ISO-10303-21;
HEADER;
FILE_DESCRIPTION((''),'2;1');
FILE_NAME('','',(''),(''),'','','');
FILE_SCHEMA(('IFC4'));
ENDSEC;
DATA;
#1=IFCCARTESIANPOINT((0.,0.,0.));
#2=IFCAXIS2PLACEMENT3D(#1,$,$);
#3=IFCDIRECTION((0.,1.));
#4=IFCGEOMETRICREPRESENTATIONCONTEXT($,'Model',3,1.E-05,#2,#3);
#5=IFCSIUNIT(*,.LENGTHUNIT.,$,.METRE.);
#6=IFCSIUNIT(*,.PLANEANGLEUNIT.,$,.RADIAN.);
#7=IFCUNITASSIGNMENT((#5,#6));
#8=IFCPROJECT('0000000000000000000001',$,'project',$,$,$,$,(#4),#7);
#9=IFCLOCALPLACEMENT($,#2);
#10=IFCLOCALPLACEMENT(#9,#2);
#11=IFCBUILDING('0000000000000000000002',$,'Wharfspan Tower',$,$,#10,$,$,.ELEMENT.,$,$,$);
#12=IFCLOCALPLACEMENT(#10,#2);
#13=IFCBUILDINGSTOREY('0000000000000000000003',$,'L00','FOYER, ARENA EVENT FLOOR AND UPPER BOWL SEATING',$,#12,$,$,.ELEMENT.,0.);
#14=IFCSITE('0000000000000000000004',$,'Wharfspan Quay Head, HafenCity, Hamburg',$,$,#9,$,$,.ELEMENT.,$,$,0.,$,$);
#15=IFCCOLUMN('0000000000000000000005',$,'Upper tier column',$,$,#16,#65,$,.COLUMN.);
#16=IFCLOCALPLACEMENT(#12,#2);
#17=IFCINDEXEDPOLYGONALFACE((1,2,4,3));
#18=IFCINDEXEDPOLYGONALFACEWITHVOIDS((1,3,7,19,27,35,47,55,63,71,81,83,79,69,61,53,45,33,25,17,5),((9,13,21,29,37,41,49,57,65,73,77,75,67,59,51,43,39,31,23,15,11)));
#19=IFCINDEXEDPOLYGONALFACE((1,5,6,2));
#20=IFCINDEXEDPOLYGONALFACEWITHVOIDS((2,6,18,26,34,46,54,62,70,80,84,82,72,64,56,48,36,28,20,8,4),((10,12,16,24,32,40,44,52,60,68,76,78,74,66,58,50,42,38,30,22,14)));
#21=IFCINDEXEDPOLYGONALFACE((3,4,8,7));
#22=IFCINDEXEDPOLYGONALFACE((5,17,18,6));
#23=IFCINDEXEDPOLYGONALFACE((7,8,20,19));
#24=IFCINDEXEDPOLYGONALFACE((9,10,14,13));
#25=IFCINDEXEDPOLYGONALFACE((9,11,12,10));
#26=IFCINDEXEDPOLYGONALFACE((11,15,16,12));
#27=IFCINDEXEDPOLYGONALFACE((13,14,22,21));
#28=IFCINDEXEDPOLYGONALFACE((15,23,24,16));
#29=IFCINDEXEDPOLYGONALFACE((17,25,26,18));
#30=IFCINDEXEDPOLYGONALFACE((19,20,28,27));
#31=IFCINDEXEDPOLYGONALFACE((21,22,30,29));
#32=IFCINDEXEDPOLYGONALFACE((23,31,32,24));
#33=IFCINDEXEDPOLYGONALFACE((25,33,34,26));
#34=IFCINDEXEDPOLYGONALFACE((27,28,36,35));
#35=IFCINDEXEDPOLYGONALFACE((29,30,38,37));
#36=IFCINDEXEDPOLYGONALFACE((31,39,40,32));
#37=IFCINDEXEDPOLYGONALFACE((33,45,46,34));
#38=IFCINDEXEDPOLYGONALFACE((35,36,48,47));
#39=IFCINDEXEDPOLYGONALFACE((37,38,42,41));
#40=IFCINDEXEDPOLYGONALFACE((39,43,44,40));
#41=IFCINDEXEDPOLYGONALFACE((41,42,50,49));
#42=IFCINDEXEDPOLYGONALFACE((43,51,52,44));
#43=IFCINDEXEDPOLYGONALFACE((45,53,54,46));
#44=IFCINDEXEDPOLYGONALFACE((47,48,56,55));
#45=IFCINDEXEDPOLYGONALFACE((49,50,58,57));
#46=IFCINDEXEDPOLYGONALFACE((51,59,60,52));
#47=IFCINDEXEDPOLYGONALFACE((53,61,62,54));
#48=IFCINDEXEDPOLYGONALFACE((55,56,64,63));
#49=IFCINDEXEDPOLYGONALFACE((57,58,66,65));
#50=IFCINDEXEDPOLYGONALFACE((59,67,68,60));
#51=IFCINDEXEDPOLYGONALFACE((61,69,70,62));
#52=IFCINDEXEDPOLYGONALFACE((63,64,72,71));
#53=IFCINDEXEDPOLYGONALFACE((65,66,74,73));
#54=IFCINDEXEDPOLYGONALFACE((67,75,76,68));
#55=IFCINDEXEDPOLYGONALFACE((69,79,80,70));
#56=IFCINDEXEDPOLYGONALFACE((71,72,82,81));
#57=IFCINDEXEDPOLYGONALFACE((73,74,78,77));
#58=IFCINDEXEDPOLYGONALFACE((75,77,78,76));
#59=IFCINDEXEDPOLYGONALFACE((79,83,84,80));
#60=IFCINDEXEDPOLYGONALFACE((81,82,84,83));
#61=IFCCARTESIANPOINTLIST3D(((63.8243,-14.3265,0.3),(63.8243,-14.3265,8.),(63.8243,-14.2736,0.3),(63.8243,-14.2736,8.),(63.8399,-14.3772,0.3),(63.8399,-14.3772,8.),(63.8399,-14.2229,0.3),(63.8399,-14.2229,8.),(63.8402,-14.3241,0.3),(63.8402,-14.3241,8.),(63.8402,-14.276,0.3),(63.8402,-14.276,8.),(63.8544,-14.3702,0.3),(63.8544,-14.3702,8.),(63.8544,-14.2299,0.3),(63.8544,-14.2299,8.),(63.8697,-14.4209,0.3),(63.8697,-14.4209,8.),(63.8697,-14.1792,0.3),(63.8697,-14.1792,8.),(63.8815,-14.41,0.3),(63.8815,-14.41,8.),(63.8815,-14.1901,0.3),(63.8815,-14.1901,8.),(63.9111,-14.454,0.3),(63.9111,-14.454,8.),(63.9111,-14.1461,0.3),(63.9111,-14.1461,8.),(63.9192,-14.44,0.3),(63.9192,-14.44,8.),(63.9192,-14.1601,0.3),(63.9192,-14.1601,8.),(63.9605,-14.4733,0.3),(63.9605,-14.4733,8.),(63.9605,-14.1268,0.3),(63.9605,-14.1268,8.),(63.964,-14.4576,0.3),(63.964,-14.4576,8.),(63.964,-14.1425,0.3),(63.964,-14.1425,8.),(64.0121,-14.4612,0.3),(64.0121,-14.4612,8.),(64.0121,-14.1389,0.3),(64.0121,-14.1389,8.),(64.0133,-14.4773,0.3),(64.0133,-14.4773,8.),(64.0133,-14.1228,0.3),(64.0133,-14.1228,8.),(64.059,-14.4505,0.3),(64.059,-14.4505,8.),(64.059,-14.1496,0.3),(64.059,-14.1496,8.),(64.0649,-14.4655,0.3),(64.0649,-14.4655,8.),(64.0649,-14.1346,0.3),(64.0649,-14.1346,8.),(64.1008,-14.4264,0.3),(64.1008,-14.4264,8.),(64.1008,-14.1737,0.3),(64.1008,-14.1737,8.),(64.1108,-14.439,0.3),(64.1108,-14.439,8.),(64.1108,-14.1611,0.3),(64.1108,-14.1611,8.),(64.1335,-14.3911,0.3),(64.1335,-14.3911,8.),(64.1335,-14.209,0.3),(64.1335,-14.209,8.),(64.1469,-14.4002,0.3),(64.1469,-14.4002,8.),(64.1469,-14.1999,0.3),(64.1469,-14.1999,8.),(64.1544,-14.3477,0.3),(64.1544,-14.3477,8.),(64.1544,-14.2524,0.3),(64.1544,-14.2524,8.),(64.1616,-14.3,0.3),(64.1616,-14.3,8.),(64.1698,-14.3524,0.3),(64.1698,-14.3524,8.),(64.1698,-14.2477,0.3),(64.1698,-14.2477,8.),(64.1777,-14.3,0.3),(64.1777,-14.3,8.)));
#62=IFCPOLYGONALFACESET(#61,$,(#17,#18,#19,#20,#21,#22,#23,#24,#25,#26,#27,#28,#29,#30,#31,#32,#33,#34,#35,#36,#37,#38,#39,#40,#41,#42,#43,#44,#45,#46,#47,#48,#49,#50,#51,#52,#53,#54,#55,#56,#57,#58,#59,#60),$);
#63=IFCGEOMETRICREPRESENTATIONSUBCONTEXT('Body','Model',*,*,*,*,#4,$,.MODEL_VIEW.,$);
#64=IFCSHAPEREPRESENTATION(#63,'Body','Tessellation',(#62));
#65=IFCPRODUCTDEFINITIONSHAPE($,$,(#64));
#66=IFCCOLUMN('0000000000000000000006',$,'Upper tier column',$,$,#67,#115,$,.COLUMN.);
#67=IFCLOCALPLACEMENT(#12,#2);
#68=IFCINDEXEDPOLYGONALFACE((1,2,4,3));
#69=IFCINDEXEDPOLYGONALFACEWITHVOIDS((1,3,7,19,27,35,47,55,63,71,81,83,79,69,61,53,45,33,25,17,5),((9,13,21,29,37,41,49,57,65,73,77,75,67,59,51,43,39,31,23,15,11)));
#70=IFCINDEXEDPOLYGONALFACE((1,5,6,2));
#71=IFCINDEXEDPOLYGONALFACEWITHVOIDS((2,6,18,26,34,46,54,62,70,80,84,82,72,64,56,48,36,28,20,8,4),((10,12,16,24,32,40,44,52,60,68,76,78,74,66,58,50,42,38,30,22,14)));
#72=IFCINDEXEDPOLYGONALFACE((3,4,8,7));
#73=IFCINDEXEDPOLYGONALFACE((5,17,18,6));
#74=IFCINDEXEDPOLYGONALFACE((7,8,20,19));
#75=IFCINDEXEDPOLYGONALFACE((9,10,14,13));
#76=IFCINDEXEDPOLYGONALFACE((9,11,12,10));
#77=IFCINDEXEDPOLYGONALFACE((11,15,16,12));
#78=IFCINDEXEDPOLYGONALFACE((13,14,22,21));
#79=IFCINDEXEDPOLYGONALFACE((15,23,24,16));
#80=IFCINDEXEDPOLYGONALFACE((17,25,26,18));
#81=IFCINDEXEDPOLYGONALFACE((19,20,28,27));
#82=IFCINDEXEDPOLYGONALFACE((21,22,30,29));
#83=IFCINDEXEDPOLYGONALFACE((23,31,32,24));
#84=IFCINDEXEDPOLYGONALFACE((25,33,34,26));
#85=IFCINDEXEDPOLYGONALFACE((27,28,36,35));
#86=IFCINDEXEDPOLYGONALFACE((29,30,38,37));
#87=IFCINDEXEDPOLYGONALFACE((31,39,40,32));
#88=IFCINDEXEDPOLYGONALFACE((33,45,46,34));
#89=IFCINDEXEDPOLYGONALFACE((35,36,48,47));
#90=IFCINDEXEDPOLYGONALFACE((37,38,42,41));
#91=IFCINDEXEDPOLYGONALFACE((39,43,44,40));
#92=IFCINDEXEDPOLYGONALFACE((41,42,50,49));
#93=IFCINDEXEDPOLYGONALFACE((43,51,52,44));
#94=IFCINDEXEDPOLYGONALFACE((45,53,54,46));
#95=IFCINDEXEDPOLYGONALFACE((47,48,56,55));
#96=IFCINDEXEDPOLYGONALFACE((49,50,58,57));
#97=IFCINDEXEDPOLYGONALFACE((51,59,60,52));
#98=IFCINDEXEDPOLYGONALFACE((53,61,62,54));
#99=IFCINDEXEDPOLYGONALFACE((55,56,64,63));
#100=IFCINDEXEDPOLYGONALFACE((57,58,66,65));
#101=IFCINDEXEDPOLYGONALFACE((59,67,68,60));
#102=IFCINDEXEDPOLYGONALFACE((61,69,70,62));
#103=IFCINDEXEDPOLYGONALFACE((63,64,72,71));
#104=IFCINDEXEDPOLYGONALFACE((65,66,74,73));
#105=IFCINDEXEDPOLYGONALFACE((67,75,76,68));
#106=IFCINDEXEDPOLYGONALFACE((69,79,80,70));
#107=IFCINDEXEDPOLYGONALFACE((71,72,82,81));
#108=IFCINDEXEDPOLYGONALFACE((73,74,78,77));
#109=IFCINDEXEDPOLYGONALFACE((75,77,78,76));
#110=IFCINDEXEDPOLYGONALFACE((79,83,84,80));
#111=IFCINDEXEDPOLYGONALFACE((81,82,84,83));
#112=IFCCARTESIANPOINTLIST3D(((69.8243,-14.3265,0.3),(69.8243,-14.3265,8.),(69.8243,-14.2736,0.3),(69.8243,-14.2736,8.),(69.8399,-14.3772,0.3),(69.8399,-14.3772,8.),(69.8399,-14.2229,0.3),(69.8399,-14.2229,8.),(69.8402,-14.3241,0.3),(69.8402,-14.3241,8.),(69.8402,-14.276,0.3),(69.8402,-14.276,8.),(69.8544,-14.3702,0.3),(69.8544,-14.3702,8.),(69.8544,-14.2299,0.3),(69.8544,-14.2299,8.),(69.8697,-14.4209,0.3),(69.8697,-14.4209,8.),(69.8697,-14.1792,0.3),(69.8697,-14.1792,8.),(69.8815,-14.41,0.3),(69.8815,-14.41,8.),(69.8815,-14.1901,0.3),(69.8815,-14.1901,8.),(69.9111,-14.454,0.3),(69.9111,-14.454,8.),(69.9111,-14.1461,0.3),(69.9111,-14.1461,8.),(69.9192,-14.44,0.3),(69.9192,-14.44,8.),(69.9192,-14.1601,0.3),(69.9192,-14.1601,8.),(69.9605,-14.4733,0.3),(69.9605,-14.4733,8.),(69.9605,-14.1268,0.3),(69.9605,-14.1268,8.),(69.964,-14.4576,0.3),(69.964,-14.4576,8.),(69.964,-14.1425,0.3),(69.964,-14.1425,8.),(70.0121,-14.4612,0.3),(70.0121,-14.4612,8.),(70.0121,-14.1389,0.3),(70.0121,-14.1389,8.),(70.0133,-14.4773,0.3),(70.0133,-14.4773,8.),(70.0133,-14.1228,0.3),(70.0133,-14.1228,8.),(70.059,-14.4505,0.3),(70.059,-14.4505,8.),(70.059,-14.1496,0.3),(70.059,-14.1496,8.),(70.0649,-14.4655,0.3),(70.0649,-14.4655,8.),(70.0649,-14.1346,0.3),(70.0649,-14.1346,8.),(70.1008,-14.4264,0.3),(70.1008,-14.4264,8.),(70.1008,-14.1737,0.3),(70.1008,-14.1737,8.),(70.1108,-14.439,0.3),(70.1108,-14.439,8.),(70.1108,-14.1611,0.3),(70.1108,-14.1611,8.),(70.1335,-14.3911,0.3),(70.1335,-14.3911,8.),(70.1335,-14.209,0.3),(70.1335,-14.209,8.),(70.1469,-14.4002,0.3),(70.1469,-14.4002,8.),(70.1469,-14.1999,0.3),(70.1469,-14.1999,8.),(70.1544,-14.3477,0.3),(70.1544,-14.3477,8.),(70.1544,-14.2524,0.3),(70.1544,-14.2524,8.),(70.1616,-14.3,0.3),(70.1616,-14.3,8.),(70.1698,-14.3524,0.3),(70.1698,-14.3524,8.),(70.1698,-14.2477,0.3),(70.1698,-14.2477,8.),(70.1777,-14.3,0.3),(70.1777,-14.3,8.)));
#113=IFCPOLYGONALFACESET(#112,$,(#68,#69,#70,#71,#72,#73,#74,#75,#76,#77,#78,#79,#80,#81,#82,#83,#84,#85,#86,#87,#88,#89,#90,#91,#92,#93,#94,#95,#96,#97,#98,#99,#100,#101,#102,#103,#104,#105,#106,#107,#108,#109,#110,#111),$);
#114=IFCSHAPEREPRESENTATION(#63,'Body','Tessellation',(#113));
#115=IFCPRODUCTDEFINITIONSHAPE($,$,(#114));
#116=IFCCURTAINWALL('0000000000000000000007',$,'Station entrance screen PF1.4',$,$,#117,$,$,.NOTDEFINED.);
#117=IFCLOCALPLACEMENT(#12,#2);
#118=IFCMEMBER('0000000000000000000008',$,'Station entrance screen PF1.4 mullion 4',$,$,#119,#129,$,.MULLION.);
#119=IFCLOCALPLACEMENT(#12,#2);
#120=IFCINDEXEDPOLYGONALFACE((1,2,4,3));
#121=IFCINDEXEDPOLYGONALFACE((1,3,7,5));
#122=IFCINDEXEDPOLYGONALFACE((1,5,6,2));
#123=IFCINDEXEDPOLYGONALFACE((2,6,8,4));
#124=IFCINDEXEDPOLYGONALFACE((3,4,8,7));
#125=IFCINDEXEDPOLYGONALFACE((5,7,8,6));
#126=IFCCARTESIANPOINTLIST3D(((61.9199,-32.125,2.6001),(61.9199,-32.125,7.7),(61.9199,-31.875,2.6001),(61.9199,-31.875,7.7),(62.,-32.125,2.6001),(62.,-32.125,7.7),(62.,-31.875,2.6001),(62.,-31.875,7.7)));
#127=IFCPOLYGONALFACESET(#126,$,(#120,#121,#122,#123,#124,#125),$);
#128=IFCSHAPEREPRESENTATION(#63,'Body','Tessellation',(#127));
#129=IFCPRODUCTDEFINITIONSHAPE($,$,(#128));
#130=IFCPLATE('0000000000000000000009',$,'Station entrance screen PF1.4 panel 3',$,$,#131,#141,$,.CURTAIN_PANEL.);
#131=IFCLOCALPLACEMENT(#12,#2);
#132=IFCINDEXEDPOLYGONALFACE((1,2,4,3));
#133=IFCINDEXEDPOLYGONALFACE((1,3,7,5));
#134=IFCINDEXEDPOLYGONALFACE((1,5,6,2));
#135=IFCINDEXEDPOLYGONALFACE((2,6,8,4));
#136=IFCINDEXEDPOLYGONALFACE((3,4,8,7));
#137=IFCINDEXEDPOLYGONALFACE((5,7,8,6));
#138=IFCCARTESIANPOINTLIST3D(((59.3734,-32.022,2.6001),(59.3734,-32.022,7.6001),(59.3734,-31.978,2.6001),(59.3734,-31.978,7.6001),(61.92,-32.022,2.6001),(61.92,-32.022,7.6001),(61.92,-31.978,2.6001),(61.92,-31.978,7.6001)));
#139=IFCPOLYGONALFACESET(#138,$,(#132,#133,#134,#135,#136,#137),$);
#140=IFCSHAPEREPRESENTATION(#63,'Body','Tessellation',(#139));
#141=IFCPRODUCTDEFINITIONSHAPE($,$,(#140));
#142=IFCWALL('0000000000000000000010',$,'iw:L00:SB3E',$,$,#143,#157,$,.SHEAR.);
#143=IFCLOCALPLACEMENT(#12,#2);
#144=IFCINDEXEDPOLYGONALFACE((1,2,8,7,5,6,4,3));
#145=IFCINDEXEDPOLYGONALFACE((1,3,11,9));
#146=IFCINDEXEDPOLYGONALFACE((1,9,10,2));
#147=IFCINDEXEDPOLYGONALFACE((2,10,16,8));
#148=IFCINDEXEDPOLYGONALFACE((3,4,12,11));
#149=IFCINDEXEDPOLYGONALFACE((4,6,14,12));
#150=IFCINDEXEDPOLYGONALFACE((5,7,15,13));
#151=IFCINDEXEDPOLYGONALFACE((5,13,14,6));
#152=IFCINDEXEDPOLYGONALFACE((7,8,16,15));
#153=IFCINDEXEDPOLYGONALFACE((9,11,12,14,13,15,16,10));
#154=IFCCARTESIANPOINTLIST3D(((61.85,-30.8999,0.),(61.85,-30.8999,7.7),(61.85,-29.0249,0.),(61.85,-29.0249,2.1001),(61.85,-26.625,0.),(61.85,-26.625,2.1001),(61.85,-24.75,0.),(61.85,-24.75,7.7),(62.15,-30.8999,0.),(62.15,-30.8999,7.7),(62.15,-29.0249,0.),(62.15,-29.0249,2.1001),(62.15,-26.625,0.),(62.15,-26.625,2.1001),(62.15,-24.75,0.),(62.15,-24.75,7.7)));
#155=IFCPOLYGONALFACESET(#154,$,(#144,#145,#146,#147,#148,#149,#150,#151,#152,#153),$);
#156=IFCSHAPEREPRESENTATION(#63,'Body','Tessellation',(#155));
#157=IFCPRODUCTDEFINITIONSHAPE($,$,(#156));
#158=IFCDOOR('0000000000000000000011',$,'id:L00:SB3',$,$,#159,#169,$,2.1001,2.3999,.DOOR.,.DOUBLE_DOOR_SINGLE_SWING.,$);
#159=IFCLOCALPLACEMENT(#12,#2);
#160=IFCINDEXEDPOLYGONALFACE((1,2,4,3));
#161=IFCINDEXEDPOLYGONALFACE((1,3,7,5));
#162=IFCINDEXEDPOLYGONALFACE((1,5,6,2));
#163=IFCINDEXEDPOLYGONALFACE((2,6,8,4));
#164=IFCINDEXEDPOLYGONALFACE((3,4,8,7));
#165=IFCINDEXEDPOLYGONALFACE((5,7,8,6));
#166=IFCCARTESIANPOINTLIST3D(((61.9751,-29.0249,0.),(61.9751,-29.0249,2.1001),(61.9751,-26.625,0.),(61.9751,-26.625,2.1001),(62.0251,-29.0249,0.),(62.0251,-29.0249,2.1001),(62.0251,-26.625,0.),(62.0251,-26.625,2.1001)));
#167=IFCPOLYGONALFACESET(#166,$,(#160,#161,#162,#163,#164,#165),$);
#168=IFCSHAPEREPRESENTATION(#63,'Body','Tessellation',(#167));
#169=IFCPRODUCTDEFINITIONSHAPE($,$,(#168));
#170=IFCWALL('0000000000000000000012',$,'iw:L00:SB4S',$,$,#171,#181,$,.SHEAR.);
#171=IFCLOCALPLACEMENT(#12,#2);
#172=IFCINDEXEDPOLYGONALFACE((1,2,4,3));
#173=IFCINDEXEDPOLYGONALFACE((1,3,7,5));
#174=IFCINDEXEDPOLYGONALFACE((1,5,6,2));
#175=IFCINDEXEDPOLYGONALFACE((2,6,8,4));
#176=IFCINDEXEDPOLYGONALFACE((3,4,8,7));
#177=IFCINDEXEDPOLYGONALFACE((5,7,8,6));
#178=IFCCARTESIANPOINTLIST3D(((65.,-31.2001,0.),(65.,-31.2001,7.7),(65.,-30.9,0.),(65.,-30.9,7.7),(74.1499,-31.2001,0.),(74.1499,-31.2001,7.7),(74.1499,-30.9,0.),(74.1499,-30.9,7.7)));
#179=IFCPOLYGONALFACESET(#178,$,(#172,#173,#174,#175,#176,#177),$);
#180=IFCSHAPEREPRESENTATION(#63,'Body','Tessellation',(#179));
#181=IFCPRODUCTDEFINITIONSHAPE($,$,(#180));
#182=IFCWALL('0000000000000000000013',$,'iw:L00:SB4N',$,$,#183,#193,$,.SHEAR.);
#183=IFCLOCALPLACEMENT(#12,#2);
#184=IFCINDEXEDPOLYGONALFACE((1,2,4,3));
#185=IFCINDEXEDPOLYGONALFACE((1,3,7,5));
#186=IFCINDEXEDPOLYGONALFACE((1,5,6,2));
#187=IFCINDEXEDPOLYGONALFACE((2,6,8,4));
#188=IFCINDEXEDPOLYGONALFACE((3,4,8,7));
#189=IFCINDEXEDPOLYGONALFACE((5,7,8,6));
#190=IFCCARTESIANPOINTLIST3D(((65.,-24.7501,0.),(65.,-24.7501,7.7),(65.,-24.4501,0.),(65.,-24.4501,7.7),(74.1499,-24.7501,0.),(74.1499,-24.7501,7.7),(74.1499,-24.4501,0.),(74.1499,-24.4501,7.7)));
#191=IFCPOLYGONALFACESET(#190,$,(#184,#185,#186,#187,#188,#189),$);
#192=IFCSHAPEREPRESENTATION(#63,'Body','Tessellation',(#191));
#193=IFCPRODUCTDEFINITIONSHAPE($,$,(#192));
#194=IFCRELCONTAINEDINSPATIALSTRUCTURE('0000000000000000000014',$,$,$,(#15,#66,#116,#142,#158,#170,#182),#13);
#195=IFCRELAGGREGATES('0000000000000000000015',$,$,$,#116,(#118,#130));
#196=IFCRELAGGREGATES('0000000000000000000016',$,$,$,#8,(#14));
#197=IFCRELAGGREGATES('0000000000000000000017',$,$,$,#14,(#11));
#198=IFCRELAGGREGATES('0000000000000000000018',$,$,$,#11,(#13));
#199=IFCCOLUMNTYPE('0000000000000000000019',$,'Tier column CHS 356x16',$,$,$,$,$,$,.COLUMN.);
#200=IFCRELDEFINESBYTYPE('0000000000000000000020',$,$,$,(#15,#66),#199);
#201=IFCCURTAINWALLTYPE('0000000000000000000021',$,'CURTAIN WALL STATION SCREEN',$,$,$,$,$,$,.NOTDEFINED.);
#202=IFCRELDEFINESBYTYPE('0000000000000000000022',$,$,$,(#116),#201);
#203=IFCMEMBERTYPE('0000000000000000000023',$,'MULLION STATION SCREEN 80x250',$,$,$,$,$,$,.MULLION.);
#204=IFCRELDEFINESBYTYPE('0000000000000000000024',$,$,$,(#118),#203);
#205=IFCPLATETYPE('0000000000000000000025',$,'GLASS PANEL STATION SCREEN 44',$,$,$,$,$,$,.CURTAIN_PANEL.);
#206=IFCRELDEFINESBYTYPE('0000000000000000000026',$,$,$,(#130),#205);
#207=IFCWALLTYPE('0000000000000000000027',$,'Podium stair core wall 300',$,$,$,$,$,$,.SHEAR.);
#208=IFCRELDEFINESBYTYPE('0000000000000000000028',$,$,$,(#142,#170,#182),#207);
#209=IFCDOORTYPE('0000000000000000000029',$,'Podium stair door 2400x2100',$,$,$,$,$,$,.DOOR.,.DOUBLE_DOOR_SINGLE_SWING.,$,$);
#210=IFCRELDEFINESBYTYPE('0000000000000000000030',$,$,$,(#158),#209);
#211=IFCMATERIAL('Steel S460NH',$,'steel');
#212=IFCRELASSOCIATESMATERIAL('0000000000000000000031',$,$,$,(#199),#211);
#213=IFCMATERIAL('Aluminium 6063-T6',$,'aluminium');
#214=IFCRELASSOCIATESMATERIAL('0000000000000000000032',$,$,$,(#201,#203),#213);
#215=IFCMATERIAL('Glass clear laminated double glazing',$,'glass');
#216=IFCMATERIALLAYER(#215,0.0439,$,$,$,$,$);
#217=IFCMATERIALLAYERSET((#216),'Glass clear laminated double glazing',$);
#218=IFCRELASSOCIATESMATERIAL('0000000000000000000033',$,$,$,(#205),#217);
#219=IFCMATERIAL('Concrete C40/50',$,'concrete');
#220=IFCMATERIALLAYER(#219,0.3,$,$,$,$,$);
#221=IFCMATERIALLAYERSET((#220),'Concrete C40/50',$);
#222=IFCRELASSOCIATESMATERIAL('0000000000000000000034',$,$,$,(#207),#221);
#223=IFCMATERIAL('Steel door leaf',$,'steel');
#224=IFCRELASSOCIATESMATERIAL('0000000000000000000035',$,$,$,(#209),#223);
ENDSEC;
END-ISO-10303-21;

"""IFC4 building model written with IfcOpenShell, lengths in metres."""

from ifc_helpers import new_model, si_unit, direction, frame, frame_2d, origin, origin_2d, place, context, subcontext, project, spatial, rectangle, hollow_circle, extrude, material, layer, layer_set, material_profile, profile_set, type_object, element, fill, aggregate, save


model = new_model("IFC4")

# Units and contexts
model_context = context("Model", 3, precision=1e-05, world=origin(), true_north=direction((0.0, 1.0)))
body_context = subcontext(model_context, "Body", "Model", "MODEL_VIEW")
ifc_project = project(units=[si_unit("LENGTHUNIT", "METRE"), si_unit("PLANEANGLEUNIT", "RADIAN")], contexts=[model_context])

# Site, building, storey
site_placement = place(None, origin())
site = spatial("IfcSite", under=ifc_project, at=site_placement, Name="Wharfspan Quay Head, HafenCity, Hamburg", CompositionType="ELEMENT", RefElevation=0.0)
building_placement = place(site_placement, origin())
building = spatial("IfcBuilding", under=site, at=building_placement, Name="Wharfspan Tower", CompositionType="ELEMENT")
storey_placement = place(building_placement, origin())
storey = spatial("IfcBuildingStorey", under=building, at=storey_placement, Name="L00", Description="FOYER, ARENA EVENT FLOOR AND UPPER BOWL SEATING", CompositionType="ELEMENT", Elevation=0.0)

# Columns
ifc_material_1 = material(Name="Steel S460NH", Category="steel")
ifc_material_profile_1 = material_profile(ifc_material_1, hollow_circle(Radius=0.1777, WallThickness=0.0161, at=origin_2d()))
ifc_profile_set_1 = profile_set([ifc_material_profile_1], Name="Steel S460NH")
column_type_1 = type_object("IfcColumnType", Name="Tier column CHS 356x16", PredefinedType="COLUMN", material=ifc_profile_set_1)
for number, where, z_axis, x_axis, name in (
    (1, (64.0, -14.3, 0.3), (0.0, 0.0, 1.0), (1.0, 0.0, 0.0), "Upper tier column"),
    (2, (70.0, -14.3, 0.3), (0.0, 0.0, 1.0), (1.0, 0.0, 0.0), "Upper tier column"),
):
    element("IfcColumn", number, at=place(storey_placement, frame(where, z_axis=z_axis, x_axis=x_axis)), inside=storey, type_object=column_type_1, Name=name, PredefinedType="COLUMN", context=body_context, shape_type="SweptSolid", body=[
        extrude(hollow_circle(Radius=0.1777, WallThickness=0.0161, at=origin_2d()), origin(), (0.0, 0.0, 1.0), 7.7),
    ])

# Curtain wall, member, plate
ifc_material_2 = material(Name="Aluminium 6063-T6", Category="aluminium")
curtain_wall_type = type_object("IfcCurtainWallType", Name="CURTAIN WALL STATION SCREEN", PredefinedType="NOTDEFINED", material=ifc_material_2)
curtain_wall_placement = place(storey_placement, origin())
curtain_wall = element("IfcCurtainWall", 3, at=curtain_wall_placement, inside=storey, type_object=curtain_wall_type, Name="Station entrance screen PF1.4", PredefinedType="NOTDEFINED")
ifc_material_profile_2 = material_profile(ifc_material_2, rectangle(XDim=0.25, YDim=0.0801, at=origin_2d()))
ifc_profile_set_2 = profile_set([ifc_material_profile_2], Name="Aluminium 6063-T6")
member_type = type_object("IfcMemberType", Name="MULLION STATION SCREEN 80x250", PredefinedType="MULLION", material=ifc_profile_set_2)
member_placement = place(storey_placement, frame((61.96, -32.0, 2.6001), z_axis=(0.0, 0.0, 1.0), x_axis=(0.0, 1.0, 0.0)))
member = element("IfcMember", 4, at=member_placement, type_object=member_type, Name="Station entrance screen PF1.4 mullion 4", PredefinedType="MULLION", context=body_context, shape_type="SweptSolid", body=[
    extrude(rectangle(XDim=0.25, YDim=0.0801, at=origin_2d()), origin(), (0.0, 0.0, 1.0), 5.0999),
])
ifc_material_3 = material(Name="Glass clear laminated double glazing", Category="glass")
ifc_layer_1 = layer(ifc_material_3, 0.0439)
ifc_layer_set_1 = layer_set([ifc_layer_1], Name="Glass clear laminated double glazing")
plate_type = type_object("IfcPlateType", Name="GLASS PANEL STATION SCREEN 44", PredefinedType="CURTAIN_PANEL", material=ifc_layer_set_1)
plate_placement = place(storey_placement, frame((60.6467, -32.0, 2.6001), z_axis=(0.0, 0.0, 1.0), x_axis=(1.0, 0.0, 0.0)))
plate = element("IfcPlate", 5, at=plate_placement, type_object=plate_type, Name="Station entrance screen PF1.4 panel 3", PredefinedType="CURTAIN_PANEL", context=body_context, shape_type="SweptSolid", body=[
    extrude(rectangle(XDim=2.5466, YDim=0.0439, at=origin_2d()), origin(), (0.0, 0.0, 1.0), 5.0),
])
aggregate(curtain_wall, [member, plate])

# Wall, opening, door
ifc_material_4 = material(Name="Concrete C40/50", Category="concrete")
ifc_layer_2 = layer(ifc_material_4, 0.3)
ifc_layer_set_2 = layer_set([ifc_layer_2], Name="Concrete C40/50")
wall_type_1 = type_object("IfcWallType", Name="Podium stair core wall 300", PredefinedType="SHEAR", material=ifc_layer_set_2)
wall_1_placement = place(storey_placement, frame((62.0, -30.8999, 0.0), z_axis=(0.0, 0.0, 1.0), x_axis=(0.0, 1.0, 0.0)))
wall_1 = element("IfcWall", 6, at=wall_1_placement, inside=storey, type_object=wall_type_1, Name="iw:L00:SB3E", PredefinedType="SHEAR", context=body_context, shape_type="SweptSolid", body=[
    extrude(rectangle(XDim=6.1499, YDim=0.3, at=frame_2d((3.075, 0.0))), origin(), (0.0, 0.0, 1.0), 7.7),
])
opening_1_placement = place(wall_1_placement, frame((1.875, 0.0, 0.0)))
opening_1 = element("IfcOpeningElement", 7, at=opening_1_placement, cuts=wall_1, PredefinedType="OPENING", context=body_context, shape_type="SweptSolid", body=[
    extrude(rectangle(XDim=2.3999, YDim=2.1001, at=frame_2d((1.2, 1.05))), frame((0.0, 0.1599, 0.0), z_axis=(0.0, -1.0, 0.0), x_axis=(1.0, 0.0, 0.0)), (0.0, 0.0, 1.0), 0.3201),
])
ifc_material_5 = material(Name="Steel door leaf", Category="steel")
door_type_1 = type_object("IfcDoorType", Name="Podium stair door 2400x2100", OperationType="DOUBLE_DOOR_SINGLE_SWING", PredefinedType="DOOR", material=ifc_material_5)
door_1_placement = place(opening_1_placement, origin())
door_1 = element("IfcDoor", 8, at=door_1_placement, inside=storey, type_object=door_type_1, Name="id:L00:SB3", OperationType="DOUBLE_DOOR_SINGLE_SWING", OverallHeight=2.1001, OverallWidth=2.3999, PredefinedType="DOOR", context=body_context, shape_type="SweptSolid", body=[
    extrude(rectangle(XDim=2.3999, YDim=2.1001, at=frame_2d((1.2, 1.05))), frame((0.0, 0.0249, 0.0), z_axis=(0.0, -1.0, 0.0), x_axis=(1.0, 0.0, 0.0)), (0.0, 0.0, 1.0), 0.05),
])
fill(opening_1, door_1)

# Walls
for number, where, z_axis, x_axis, name in (
    (9, (65.0, -31.05, 0.0), (0.0, 0.0, 1.0), (1.0, 0.0, 0.0), "iw:L00:SB4S"),
    (10, (65.0, -24.6001, 0.0), (0.0, 0.0, 1.0), (1.0, 0.0, 0.0), "iw:L00:SB4N"),
):
    element("IfcWall", number, at=place(storey_placement, frame(where, z_axis=z_axis, x_axis=x_axis)), inside=storey, type_object=wall_type_1, Name=name, PredefinedType="SHEAR", context=body_context, shape_type="SweptSolid", body=[
        extrude(rectangle(XDim=9.1499, YDim=0.3, at=frame_2d((4.575, 0.0))), origin(), (0.0, 0.0, 1.0), 7.7),
    ])

save(model, "model.ifc")
